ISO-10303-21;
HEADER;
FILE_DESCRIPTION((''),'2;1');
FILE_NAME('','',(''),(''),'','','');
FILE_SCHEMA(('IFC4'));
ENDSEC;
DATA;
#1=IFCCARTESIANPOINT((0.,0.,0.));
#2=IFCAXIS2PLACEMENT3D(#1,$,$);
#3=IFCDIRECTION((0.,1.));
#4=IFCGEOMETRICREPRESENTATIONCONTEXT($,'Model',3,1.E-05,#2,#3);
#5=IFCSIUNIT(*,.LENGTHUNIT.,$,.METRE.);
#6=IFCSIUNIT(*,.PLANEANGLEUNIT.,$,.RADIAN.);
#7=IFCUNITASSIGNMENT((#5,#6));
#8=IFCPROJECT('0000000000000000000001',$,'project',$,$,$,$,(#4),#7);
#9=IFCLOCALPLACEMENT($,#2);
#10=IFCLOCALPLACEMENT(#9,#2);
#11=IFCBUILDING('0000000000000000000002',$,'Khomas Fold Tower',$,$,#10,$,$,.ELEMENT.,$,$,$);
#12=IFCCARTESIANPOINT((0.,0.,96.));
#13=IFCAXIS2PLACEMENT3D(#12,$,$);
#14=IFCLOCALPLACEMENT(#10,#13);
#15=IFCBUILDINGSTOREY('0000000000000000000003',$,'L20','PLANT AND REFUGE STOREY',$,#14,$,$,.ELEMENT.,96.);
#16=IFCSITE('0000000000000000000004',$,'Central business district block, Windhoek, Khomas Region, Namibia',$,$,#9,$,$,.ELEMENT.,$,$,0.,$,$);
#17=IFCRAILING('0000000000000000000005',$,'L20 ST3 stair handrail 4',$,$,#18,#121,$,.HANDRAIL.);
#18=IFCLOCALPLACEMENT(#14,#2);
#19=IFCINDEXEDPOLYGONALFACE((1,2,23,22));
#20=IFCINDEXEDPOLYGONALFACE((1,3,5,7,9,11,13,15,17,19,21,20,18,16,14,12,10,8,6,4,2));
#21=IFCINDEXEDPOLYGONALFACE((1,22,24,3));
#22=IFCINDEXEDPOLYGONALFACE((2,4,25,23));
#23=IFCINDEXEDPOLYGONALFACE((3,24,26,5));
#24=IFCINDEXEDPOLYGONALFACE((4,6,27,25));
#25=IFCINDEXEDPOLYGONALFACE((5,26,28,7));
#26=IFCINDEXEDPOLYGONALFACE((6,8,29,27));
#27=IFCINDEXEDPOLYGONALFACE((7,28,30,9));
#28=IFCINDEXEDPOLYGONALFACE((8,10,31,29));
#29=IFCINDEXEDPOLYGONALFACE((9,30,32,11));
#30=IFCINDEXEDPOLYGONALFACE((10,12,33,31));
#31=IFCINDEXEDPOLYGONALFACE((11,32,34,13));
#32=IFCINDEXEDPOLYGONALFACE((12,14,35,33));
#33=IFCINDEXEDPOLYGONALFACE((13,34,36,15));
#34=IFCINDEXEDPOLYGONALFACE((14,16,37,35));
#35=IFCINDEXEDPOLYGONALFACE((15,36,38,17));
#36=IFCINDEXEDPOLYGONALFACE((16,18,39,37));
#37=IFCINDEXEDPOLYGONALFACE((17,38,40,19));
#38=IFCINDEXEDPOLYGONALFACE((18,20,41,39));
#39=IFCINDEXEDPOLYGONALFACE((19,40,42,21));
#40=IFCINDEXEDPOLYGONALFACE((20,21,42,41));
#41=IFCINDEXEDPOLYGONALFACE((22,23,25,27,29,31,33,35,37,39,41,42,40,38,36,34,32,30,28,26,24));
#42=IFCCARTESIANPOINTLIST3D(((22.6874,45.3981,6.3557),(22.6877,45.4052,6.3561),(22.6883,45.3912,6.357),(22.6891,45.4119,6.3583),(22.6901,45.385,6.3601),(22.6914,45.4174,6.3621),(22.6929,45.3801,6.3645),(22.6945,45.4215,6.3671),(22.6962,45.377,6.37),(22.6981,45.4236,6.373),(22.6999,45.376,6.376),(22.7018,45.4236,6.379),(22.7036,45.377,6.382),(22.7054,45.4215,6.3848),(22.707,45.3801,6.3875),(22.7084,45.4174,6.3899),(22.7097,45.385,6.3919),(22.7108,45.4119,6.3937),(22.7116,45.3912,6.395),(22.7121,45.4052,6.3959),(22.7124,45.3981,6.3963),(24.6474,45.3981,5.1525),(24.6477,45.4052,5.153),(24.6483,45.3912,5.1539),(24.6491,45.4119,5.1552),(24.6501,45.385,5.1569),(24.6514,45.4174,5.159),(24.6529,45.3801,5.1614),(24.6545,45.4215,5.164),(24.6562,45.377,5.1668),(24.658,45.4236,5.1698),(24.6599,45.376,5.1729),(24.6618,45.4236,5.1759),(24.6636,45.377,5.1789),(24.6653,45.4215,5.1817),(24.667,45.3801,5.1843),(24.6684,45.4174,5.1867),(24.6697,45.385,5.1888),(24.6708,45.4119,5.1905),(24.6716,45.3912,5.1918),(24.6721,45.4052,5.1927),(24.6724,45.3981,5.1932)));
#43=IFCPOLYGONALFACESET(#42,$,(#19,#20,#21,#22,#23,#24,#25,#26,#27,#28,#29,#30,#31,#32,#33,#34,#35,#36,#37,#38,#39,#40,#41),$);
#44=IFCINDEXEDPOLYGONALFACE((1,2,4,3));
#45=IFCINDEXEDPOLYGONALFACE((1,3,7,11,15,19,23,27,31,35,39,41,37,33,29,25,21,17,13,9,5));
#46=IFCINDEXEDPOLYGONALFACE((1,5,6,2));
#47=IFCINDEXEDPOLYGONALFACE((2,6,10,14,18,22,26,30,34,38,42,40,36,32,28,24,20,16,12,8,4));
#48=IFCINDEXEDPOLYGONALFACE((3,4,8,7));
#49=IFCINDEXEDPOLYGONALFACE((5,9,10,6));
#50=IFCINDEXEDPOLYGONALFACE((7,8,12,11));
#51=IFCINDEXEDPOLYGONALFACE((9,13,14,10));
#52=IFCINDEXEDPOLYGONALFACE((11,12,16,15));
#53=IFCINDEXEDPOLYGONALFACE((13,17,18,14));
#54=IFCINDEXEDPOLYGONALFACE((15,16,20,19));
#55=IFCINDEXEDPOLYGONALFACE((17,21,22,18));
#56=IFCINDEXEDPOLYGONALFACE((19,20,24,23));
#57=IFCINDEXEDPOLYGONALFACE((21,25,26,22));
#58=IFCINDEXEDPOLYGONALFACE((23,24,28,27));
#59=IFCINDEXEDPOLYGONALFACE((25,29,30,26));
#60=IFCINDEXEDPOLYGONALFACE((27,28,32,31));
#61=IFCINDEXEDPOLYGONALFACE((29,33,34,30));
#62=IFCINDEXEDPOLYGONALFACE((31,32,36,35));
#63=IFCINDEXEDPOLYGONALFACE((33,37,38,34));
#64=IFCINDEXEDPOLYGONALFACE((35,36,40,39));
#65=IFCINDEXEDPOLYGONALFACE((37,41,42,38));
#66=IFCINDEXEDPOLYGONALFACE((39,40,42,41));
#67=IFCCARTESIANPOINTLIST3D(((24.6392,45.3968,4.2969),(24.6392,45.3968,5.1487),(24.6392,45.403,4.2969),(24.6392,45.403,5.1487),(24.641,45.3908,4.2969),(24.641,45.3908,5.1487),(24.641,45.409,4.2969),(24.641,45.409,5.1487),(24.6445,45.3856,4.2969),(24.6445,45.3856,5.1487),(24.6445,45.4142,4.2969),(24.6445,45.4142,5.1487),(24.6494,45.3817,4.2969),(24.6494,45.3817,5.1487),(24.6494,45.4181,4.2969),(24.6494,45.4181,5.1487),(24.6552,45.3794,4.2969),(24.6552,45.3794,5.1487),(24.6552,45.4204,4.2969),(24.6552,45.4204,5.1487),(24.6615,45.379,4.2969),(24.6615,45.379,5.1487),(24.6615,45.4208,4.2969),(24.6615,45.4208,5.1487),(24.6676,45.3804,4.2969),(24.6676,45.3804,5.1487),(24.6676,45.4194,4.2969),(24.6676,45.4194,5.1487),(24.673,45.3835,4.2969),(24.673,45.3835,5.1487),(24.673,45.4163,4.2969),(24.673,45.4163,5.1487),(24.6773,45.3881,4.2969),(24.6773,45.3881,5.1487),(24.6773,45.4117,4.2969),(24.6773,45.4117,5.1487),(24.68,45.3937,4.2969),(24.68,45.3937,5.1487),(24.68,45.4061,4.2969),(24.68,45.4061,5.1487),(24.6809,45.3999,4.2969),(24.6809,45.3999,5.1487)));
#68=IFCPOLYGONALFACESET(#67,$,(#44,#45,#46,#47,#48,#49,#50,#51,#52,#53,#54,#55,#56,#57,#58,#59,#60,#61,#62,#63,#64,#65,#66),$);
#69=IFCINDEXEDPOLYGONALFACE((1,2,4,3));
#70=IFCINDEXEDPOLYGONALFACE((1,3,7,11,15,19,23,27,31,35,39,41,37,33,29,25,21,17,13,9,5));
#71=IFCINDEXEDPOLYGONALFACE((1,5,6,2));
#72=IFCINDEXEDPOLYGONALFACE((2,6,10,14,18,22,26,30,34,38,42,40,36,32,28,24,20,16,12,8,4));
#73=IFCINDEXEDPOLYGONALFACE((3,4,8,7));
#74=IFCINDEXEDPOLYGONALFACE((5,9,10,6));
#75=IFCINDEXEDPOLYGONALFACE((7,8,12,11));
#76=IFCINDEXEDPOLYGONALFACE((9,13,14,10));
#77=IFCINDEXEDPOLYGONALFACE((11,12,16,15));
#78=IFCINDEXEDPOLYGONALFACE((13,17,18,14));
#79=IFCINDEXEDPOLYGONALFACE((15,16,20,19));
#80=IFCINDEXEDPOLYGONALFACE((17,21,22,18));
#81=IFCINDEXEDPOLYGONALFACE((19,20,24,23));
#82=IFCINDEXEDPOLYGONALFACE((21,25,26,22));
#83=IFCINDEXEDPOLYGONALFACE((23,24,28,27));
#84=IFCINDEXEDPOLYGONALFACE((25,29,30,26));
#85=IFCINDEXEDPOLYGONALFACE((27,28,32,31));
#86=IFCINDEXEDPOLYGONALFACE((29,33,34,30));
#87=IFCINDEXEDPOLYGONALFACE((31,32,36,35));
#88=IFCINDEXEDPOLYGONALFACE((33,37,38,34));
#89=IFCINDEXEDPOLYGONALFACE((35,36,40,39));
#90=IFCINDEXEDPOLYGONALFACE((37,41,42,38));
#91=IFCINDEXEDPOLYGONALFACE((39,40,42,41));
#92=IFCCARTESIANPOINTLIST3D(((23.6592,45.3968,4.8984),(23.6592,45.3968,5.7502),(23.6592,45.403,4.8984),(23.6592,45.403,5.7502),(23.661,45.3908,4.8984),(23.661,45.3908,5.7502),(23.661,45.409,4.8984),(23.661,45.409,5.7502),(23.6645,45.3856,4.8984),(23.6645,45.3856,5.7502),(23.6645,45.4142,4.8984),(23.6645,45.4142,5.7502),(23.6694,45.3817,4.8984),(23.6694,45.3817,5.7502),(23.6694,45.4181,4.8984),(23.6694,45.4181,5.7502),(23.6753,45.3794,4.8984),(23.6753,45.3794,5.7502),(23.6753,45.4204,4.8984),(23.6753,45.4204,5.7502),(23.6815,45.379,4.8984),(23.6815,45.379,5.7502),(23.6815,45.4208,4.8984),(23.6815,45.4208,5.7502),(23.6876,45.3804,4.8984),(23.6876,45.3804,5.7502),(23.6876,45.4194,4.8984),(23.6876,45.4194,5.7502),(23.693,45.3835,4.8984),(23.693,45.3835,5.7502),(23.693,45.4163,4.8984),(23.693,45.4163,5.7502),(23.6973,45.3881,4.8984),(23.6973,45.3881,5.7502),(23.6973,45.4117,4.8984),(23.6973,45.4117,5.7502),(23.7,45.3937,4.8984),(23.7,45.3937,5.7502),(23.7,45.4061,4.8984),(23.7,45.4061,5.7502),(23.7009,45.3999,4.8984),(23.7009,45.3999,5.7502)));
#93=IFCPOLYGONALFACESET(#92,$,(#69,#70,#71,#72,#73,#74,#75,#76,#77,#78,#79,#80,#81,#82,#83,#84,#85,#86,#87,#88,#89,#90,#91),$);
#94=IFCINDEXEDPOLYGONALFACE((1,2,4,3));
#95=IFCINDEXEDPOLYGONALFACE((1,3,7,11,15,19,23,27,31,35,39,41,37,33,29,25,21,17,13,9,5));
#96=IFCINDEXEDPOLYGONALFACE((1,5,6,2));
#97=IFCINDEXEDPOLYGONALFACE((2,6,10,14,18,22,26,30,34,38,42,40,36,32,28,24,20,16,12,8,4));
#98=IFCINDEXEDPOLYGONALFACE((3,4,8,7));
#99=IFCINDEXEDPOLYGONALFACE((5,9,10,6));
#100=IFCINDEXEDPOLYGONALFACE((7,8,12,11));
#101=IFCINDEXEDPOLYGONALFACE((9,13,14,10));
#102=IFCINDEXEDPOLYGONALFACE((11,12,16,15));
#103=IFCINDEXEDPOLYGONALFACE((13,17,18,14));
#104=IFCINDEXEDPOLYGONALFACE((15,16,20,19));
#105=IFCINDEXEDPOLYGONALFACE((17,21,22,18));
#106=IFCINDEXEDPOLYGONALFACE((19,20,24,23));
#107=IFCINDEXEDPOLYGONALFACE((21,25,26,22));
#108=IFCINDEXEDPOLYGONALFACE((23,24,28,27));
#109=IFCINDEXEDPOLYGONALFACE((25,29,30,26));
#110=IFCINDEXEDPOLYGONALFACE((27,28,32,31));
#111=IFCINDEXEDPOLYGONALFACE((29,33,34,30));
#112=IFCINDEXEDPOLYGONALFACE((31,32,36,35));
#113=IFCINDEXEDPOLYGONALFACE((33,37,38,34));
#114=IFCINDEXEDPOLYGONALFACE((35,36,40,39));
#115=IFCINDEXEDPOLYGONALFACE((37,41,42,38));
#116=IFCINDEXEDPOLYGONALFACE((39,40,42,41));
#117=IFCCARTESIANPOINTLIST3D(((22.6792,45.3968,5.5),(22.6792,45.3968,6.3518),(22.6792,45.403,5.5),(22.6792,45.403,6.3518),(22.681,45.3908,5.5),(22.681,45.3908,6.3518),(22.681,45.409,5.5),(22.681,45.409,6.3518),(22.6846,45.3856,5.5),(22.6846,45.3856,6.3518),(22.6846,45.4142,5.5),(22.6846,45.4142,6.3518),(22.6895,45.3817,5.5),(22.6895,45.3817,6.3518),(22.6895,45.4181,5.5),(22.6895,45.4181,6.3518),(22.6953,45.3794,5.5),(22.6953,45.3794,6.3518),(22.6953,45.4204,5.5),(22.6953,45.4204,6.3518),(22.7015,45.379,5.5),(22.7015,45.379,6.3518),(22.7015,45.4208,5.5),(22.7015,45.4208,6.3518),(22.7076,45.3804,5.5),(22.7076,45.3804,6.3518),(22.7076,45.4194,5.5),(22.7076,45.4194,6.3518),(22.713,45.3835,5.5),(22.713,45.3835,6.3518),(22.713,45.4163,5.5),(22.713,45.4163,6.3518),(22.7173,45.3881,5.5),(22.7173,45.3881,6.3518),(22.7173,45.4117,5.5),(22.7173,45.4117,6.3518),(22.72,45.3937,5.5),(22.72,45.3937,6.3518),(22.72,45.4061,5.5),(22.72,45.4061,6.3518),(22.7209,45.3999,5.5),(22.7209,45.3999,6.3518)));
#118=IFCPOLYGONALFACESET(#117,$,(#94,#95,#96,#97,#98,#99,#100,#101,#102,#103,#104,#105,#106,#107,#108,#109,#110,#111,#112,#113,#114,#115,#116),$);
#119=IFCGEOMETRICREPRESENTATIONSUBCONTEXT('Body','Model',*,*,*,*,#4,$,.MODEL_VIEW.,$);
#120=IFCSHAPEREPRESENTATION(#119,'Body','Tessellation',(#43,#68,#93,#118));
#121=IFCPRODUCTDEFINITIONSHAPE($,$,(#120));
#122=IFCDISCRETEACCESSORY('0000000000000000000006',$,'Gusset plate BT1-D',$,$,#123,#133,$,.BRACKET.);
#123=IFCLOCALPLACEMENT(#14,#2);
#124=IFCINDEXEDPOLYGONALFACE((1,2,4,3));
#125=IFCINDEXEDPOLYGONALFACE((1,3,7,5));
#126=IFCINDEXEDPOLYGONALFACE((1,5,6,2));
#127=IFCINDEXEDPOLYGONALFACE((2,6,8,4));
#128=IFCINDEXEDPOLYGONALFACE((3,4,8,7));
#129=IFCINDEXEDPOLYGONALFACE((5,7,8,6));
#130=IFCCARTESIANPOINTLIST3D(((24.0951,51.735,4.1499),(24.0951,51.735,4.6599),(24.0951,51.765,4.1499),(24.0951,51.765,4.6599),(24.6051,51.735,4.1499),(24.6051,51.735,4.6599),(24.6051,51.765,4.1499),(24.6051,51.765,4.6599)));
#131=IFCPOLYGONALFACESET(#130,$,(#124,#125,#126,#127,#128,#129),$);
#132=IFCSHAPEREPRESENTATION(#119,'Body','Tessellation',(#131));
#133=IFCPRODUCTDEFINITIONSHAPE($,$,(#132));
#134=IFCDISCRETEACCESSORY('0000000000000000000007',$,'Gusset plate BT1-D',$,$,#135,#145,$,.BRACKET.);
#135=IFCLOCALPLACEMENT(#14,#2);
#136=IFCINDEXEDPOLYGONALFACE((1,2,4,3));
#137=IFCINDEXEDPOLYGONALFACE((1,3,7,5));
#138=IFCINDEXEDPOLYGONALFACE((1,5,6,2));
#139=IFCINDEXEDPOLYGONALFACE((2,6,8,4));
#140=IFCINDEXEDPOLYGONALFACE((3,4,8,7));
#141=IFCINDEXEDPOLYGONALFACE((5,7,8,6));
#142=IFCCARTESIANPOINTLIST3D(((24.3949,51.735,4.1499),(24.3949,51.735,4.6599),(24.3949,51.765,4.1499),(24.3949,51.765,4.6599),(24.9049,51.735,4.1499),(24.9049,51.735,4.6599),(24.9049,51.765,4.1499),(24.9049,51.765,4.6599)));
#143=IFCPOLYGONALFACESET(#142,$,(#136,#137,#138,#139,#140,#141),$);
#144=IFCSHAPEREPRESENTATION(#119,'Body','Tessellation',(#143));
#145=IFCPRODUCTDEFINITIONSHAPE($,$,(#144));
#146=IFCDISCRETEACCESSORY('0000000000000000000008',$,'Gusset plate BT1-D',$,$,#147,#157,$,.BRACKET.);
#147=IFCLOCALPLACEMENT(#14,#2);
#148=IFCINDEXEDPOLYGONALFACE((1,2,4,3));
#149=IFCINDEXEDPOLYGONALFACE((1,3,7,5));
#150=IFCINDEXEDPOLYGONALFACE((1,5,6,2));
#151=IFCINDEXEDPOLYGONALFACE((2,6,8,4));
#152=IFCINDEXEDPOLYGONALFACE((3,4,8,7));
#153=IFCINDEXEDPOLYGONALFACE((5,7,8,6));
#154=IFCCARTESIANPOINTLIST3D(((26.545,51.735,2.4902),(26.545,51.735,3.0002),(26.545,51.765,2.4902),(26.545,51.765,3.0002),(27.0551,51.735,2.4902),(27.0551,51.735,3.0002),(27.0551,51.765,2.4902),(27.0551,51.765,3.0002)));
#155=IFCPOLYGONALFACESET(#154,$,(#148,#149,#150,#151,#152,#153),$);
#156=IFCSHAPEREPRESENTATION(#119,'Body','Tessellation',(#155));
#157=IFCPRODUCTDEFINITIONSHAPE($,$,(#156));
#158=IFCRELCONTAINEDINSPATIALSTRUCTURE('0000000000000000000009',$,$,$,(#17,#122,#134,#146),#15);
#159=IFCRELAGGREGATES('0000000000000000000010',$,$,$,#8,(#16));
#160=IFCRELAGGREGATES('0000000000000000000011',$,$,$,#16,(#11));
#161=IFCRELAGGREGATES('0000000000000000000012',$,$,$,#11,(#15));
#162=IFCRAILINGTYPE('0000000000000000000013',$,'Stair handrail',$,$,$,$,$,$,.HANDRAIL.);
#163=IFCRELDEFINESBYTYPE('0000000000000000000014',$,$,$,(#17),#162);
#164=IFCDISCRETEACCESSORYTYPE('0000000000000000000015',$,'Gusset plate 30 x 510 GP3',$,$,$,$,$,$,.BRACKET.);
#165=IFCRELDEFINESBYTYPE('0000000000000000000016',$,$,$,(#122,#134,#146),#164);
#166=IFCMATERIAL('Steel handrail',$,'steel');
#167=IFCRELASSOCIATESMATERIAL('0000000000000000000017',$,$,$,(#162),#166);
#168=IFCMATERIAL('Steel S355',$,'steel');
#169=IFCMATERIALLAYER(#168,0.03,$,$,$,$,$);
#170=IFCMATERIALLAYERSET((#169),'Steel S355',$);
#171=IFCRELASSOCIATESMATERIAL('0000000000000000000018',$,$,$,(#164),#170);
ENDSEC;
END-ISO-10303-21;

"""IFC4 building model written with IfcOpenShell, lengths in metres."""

from ifc_helpers import new_model, si_unit, direction, frame, origin, origin_2d, place, context, subcontext, project, spatial, rectangle, circle, extrude, source, transform, mapped, material, layer, layer_set, type_object, element, save


model = new_model("IFC4")

# Units and contexts
model_context = context("Model", 3, precision=1e-05, world=origin(), true_north=direction((0.0, 1.0)))
body_context = subcontext(model_context, "Body", "Model", "MODEL_VIEW")
ifc_project = project(units=[si_unit("LENGTHUNIT", "METRE"), si_unit("PLANEANGLEUNIT", "RADIAN")], contexts=[model_context])

# Site, building, storey
site_placement = place(None, origin())
site = spatial("IfcSite", under=ifc_project, at=site_placement, Name="Central business district block, Windhoek, Khomas Region, Namibia", CompositionType="ELEMENT", RefElevation=0.0)
building_placement = place(site_placement, origin())
building = spatial("IfcBuilding", under=site, at=building_placement, Name="Khomas Fold Tower", CompositionType="ELEMENT")
storey_placement = place(building_placement, frame((0.0, 0.0, 96.0)))
storey = spatial("IfcBuildingStorey", under=building, at=storey_placement, Name="L20", Description="PLANT AND REFUGE STOREY", CompositionType="ELEMENT", Elevation=96.0)

# Railing
ifc_material_1 = material(Name="Steel handrail", Category="steel")
railing_type_1 = type_object("IfcRailingType", Name="Stair handrail", PredefinedType="HANDRAIL", material=ifc_material_1)
shared_shape_1 = source(origin(), body_context, "Body", "SweptSolid", [
    extrude(circle(Radius=0.0239, at=origin_2d()), frame((0.0, 0.0, 0.876), z_axis=(-0.852241, 0.0, 0.523149), x_axis=(0.0, -1.0, 0.0)), (0.0, 0.0, 1.0), 2.2998),
    extrude(circle(Radius=0.021, at=origin_2d()), origin(), (0.0, 0.0, 1.0), 0.8518),
    extrude(circle(Radius=0.021, at=origin_2d()), frame((-0.98, 0.0, 0.6016)), (0.0, 0.0, 1.0), 0.8518),
    extrude(circle(Radius=0.021, at=origin_2d()), frame((-1.96, 0.0, 1.2031)), (0.0, 0.0, 1.0), 0.8518),
])
for number, where, name in (
    (1, (24.6599, 45.3999, 4.2969), "L20 ST3 stair handrail 4"),
):
    element("IfcRailing", number, at=place(storey_placement, frame(where)), inside=storey, type_object=railing_type_1, Name=name, PredefinedType="HANDRAIL", context=body_context, shape_type="MappedRepresentation", body=[
        mapped(shared_shape_1, transform((0.0, 0.0, 0.0))),
    ])

# Discrete accessories
ifc_material_2 = material(Name="Steel S355", Category="steel")
ifc_layer_1 = layer(ifc_material_2, 0.03)
ifc_layer_set_1 = layer_set([ifc_layer_1], Name="Steel S355")
discrete_accessory_type = type_object("IfcDiscreteAccessoryType", Name="Gusset plate 30 x 510 GP3", PredefinedType="BRACKET", material=ifc_layer_set_1)
shared_shape_2 = source(origin(), body_context, "Body", "SweptSolid", [
    extrude(rectangle(XDim=0.51, YDim=0.03, at=origin_2d()), origin(), (0.0, 0.0, 1.0), 0.51),
])
for number, where, z_axis, x_axis, name in (
    (2, (24.3501, 51.75, 4.1499), (0.0, 0.0, 1.0), (1.0, 0.0, 0.0), "Gusset plate BT1-D"),
    (3, (24.6499, 51.75, 4.1499), (0.0, 0.0, 1.0), (1.0, 0.0, 0.0), "Gusset plate BT1-D"),
    (4, (26.8, 51.75, 2.4902), (0.0, 0.0, 1.0), (1.0, 0.0, 0.0), "Gusset plate BT1-D"),
):
    element("IfcDiscreteAccessory", number, at=place(storey_placement, frame(where, z_axis=z_axis, x_axis=x_axis)), inside=storey, type_object=discrete_accessory_type, Name=name, PredefinedType="BRACKET", context=body_context, shape_type="MappedRepresentation", body=[
        mapped(shared_shape_2, transform((0.0, 0.0, 0.0))),
    ])

save(model, "model.ifc")
